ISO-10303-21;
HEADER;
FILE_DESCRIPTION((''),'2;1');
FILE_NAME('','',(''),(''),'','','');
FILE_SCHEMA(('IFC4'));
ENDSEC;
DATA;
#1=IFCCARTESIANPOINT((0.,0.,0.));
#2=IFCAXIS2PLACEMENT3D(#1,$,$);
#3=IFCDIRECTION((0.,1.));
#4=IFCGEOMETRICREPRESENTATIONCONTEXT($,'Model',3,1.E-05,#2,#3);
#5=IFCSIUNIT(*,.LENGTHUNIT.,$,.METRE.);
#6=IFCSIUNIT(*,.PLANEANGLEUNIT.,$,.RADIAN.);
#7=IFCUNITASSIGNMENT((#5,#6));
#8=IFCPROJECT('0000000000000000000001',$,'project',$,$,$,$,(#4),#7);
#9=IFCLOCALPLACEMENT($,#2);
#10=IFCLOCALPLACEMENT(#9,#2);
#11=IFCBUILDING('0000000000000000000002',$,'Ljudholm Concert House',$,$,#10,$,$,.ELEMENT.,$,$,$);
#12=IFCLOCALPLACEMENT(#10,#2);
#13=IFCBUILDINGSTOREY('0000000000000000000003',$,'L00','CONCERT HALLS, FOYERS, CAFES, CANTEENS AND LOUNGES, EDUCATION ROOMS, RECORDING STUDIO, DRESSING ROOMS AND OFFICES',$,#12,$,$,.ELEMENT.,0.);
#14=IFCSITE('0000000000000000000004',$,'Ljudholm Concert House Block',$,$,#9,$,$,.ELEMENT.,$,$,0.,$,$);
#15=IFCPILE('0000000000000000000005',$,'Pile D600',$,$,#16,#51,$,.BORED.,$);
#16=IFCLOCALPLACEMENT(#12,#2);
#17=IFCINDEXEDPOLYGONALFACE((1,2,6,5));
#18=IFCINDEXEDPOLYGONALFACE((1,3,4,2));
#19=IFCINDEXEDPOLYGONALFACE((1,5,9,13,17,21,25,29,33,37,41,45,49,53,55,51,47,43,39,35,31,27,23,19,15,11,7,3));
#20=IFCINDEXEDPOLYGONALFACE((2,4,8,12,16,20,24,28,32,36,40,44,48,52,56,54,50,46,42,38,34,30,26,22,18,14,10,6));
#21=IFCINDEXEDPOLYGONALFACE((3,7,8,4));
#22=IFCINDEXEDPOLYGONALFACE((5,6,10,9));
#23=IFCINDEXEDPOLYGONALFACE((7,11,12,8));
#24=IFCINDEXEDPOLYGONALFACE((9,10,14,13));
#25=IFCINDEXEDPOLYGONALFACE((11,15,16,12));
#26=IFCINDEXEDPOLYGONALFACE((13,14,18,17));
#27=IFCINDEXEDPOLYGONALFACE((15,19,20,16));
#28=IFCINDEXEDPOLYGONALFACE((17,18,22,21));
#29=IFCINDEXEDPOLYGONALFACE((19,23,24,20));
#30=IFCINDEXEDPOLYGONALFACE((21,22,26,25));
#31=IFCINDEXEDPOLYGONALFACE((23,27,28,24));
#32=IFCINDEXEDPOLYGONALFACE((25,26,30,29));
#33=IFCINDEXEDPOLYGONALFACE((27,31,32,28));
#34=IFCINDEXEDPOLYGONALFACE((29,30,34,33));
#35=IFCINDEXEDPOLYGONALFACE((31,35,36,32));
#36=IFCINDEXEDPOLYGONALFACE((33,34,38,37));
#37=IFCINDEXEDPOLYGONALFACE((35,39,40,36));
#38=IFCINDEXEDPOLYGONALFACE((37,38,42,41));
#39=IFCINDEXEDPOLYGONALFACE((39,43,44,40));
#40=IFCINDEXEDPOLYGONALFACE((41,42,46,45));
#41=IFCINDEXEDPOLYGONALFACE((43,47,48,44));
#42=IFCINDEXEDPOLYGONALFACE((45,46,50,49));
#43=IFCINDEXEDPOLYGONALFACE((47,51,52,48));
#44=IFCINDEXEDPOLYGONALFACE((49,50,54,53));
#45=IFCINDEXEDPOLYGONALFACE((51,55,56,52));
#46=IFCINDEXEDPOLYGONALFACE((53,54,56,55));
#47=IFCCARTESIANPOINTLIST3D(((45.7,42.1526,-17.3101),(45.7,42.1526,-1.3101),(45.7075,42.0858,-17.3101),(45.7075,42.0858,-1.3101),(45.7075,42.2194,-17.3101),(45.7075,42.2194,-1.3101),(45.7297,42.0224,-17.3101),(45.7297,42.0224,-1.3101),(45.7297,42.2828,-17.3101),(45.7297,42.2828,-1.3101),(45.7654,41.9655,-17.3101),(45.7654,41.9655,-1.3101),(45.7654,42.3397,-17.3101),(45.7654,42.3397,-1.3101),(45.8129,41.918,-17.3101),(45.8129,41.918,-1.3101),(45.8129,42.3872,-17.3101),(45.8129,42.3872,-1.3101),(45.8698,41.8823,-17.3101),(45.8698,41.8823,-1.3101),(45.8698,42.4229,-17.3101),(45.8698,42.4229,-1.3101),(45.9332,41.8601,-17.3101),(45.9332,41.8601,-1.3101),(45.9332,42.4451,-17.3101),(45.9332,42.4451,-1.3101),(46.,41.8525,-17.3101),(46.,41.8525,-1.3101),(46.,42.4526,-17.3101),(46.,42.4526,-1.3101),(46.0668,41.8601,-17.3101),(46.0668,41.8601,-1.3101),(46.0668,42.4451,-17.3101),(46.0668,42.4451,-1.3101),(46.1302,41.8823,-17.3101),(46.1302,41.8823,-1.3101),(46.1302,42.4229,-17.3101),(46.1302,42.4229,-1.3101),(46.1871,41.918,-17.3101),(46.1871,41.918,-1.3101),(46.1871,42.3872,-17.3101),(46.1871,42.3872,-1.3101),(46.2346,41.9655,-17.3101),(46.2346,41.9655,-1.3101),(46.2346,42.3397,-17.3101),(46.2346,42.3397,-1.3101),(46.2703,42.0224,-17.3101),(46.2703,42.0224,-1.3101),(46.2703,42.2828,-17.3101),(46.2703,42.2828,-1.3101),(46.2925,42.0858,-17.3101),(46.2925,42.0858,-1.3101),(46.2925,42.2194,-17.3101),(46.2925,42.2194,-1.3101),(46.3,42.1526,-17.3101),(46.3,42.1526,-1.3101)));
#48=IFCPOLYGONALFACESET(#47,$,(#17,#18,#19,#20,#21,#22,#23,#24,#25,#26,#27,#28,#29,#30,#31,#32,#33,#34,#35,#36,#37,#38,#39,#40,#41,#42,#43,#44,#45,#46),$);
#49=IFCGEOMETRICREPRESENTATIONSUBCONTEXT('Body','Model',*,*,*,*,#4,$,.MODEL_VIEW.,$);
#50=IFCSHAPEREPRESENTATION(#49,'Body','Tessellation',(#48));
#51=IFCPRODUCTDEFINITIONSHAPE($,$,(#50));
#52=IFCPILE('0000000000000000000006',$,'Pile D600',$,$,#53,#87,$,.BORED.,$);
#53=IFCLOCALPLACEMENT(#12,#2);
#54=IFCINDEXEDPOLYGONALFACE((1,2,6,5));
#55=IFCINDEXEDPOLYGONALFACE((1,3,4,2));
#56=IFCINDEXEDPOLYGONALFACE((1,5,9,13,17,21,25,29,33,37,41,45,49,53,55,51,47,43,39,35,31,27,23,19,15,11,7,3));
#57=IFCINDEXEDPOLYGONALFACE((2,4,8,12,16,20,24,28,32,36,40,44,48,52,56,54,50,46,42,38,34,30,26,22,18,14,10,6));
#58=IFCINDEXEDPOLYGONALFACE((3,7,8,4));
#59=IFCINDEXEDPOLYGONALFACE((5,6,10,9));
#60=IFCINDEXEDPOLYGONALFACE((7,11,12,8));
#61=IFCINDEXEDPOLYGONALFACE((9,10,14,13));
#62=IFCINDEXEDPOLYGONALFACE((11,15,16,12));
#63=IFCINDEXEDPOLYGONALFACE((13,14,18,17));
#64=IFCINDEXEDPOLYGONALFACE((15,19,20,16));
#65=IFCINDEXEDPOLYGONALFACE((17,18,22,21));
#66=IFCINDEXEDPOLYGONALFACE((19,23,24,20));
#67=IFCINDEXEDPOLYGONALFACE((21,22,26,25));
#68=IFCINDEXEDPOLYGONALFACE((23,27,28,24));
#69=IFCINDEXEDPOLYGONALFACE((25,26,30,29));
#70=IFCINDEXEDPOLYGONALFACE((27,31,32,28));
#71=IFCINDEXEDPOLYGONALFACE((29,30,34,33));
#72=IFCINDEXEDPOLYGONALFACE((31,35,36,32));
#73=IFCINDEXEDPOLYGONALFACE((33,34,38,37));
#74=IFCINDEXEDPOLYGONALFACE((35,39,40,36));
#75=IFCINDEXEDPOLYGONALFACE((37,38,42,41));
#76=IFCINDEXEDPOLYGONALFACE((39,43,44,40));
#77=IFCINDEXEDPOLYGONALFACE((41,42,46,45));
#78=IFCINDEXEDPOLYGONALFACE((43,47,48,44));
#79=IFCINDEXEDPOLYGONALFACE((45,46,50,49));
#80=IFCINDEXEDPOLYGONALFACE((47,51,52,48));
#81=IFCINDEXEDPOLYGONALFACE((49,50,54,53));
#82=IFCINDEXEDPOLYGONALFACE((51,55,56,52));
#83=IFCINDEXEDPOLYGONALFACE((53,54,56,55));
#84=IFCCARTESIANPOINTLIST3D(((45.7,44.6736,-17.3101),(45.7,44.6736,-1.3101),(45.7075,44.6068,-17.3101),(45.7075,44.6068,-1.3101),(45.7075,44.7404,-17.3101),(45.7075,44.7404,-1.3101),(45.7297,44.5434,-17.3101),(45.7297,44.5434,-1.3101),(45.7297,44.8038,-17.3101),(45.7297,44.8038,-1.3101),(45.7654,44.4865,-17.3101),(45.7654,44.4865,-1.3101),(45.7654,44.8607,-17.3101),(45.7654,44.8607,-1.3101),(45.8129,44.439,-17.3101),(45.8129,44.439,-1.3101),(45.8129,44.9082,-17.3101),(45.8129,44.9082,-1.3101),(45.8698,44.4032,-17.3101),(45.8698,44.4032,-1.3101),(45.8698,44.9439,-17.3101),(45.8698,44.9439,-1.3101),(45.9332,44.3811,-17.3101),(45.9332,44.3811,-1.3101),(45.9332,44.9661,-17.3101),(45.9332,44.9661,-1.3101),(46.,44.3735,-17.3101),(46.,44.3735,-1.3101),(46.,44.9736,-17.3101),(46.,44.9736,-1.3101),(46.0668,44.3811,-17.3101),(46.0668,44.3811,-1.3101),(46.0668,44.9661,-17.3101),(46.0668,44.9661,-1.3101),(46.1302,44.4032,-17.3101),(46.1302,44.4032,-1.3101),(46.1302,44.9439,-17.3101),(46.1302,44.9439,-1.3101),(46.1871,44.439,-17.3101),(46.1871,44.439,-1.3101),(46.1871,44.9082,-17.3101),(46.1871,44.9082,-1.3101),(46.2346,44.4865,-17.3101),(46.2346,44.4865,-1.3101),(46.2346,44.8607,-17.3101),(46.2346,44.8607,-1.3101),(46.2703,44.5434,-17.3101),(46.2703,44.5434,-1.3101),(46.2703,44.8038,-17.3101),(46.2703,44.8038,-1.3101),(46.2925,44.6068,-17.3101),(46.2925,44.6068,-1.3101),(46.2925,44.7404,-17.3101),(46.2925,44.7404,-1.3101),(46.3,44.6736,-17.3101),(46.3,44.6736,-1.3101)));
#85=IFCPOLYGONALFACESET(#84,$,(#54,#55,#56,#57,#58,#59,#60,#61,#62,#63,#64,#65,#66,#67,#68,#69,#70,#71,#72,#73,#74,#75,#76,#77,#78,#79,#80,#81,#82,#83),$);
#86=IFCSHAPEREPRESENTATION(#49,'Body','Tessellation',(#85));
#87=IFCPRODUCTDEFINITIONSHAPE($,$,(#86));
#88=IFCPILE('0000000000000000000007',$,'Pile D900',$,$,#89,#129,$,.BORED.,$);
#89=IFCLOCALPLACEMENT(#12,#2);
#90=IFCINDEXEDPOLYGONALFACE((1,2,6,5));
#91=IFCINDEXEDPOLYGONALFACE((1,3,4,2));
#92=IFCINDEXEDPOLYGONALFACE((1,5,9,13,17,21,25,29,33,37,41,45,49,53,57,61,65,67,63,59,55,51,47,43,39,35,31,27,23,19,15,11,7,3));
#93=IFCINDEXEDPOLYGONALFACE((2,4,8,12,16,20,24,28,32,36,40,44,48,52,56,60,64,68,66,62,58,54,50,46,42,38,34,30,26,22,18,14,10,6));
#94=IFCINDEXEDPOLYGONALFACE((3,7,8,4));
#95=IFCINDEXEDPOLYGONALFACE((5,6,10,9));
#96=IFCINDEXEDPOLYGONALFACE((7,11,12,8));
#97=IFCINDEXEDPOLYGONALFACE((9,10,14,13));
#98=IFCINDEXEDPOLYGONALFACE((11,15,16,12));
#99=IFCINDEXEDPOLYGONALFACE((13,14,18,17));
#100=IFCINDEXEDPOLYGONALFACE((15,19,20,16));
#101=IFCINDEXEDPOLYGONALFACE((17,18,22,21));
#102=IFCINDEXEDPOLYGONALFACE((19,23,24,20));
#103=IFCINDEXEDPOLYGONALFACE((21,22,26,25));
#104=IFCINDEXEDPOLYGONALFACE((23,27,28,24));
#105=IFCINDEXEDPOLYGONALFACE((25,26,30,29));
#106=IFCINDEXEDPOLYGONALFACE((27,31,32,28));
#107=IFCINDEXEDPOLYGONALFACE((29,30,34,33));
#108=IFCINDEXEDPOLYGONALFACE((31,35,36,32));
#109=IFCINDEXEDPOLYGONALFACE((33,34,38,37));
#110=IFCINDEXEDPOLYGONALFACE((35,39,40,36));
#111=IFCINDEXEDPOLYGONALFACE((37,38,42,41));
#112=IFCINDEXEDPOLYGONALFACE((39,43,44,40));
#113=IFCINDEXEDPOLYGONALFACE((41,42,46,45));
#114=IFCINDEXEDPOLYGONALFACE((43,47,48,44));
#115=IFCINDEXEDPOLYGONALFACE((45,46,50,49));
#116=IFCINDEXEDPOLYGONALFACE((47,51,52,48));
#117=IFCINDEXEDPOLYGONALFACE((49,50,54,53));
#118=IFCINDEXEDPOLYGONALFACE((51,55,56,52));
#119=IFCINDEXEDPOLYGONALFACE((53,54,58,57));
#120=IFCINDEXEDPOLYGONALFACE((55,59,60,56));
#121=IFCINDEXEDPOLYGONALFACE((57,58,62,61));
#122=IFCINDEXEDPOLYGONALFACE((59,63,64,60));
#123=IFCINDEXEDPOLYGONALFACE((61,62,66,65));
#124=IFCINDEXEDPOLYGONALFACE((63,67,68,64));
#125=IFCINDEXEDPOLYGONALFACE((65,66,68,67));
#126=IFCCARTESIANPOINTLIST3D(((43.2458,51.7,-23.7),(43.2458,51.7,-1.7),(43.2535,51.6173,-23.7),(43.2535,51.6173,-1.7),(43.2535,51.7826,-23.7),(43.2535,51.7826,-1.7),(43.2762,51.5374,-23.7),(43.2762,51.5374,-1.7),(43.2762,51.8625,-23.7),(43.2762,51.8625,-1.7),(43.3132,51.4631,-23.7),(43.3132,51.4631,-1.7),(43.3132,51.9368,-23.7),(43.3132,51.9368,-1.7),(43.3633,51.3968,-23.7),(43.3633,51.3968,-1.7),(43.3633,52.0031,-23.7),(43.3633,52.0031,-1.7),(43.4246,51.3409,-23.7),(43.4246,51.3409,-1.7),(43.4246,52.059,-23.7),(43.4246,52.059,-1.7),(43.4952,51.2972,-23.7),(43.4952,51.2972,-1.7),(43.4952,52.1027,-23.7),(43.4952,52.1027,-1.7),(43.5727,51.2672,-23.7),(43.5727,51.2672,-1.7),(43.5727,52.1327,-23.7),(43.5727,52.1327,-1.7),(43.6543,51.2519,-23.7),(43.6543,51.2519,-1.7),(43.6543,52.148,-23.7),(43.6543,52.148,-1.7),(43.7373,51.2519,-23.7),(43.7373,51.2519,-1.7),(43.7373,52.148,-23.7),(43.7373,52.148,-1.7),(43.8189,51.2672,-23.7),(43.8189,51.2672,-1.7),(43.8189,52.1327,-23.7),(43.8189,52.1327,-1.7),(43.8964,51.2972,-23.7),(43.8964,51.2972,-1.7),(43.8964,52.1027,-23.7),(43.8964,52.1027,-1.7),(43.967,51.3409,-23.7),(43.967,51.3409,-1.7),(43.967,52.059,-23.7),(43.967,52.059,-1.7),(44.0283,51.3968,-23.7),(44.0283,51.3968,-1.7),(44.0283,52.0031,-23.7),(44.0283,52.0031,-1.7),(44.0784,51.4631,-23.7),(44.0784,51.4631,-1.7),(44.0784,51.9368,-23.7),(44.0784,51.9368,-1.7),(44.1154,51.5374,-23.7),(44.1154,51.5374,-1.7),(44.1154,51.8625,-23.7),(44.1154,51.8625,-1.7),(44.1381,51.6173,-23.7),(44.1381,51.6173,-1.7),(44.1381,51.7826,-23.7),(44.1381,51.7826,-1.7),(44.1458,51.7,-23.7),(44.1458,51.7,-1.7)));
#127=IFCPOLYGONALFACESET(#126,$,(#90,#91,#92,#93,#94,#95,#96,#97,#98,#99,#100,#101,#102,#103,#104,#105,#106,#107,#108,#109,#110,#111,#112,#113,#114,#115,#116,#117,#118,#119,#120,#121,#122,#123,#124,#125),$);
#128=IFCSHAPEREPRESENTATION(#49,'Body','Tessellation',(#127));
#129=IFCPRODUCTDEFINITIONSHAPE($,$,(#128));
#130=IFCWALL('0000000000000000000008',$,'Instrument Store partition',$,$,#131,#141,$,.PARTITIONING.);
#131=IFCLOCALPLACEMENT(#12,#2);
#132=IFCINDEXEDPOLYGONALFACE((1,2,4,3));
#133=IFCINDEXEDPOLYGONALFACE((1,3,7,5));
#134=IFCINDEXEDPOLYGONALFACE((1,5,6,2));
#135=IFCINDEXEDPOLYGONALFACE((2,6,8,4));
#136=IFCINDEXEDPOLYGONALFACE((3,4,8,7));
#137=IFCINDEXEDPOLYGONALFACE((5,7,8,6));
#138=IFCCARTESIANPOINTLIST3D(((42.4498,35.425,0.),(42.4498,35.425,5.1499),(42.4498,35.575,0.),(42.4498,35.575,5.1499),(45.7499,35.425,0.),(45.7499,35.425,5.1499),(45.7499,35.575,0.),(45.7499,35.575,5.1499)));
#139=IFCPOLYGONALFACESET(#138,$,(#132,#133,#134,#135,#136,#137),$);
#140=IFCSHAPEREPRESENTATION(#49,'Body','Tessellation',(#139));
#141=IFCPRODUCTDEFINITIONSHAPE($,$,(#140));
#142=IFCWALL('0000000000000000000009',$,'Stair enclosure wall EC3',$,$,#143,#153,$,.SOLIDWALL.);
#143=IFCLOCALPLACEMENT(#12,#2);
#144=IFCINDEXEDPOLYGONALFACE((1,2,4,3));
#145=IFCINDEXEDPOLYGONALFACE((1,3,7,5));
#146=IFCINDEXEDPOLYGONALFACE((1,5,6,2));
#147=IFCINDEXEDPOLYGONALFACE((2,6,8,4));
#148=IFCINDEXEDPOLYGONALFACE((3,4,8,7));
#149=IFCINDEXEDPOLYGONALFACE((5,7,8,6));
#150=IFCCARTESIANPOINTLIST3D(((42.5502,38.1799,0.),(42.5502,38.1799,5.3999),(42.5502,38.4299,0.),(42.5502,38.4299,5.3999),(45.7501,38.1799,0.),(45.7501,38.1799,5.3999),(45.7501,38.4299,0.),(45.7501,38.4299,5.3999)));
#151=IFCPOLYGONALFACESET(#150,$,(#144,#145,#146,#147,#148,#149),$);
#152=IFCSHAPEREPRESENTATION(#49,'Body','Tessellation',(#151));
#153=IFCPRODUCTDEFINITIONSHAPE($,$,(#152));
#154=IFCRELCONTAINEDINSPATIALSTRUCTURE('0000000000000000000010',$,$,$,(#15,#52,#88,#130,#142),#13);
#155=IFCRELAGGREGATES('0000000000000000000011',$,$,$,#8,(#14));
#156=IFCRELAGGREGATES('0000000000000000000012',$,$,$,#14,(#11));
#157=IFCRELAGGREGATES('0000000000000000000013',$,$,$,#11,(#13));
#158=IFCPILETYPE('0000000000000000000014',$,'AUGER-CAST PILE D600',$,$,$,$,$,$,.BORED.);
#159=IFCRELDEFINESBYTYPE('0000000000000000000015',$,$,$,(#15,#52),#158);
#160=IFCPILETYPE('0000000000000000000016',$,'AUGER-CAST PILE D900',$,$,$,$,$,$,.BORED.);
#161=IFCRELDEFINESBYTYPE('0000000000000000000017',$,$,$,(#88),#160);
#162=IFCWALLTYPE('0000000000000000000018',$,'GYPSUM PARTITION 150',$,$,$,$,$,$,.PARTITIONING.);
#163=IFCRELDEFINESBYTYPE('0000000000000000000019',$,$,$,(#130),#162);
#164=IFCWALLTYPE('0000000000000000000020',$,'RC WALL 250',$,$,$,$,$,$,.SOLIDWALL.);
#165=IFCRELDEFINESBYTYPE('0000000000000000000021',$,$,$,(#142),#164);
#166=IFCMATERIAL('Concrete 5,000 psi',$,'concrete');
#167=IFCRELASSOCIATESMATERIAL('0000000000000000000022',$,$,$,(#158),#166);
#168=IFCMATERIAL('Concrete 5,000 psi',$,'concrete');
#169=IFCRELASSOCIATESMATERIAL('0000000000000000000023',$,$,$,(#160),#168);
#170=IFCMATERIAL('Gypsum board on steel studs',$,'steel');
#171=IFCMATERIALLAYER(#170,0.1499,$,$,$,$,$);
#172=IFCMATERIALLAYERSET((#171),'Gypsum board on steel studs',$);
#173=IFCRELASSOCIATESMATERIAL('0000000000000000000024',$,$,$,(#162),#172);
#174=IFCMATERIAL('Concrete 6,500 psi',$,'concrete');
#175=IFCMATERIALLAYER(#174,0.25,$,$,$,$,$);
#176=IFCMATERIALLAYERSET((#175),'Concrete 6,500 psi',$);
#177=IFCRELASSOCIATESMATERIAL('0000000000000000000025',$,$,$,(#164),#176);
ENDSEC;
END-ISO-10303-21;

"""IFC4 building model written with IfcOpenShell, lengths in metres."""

from ifc_helpers import new_model, si_unit, direction, frame, frame_2d, origin, origin_2d, place, context, subcontext, project, spatial, rectangle, circle, extrude, material, layer, layer_set, material_profile, profile_set, type_object, element, save


model = new_model("IFC4")

# Units and contexts
model_context = context("Model", 3, precision=1e-05, world=origin(), true_north=direction((0.0, 1.0)))
body_context = subcontext(model_context, "Body", "Model", "MODEL_VIEW")
ifc_project = project(units=[si_unit("LENGTHUNIT", "METRE"), si_unit("PLANEANGLEUNIT", "RADIAN")], contexts=[model_context])

# Site, building, storey
site_placement = place(None, origin())
site = spatial("IfcSite", under=ifc_project, at=site_placement, Name="Ljudholm Concert House Block", CompositionType="ELEMENT", RefElevation=0.0)
building_placement = place(site_placement, origin())
building = spatial("IfcBuilding", under=site, at=building_placement, Name="Ljudholm Concert House", CompositionType="ELEMENT")
storey_placement = place(building_placement, origin())
storey = spatial("IfcBuildingStorey", under=building, at=storey_placement, Name="L00", Description="CONCERT HALLS, FOYERS, CAFES, CANTEENS AND LOUNGES, EDUCATION ROOMS, RECORDING STUDIO, DRESSING ROOMS AND OFFICES", CompositionType="ELEMENT", Elevation=0.0)

# Piles
ifc_material_1 = material(Name="Concrete 5,000 psi", Category="concrete")
ifc_material_profile_1 = material_profile(ifc_material_1, circle(Radius=0.3, at=origin_2d()), Name="AUGER-CAST PILE D600")
ifc_profile_set_1 = profile_set([ifc_material_profile_1], Name="Concrete 5,000 psi")
pile_type_1 = type_object("IfcPileType", Name="AUGER-CAST PILE D600", PredefinedType="BORED", material=ifc_profile_set_1)
for number, where, z_axis, x_axis, name in (
    (1, (46.0, 42.1526, -1.3101), (0.0, 0.0, -1.0), (1.0, 0.0, 0.0), "Pile D600"),
    (2, (46.0, 44.6736, -1.3101), (0.0, 0.0, -1.0), (1.0, 0.0, 0.0), "Pile D600"),
):
    element("IfcPile", number, at=place(storey_placement, frame(where, z_axis=z_axis, x_axis=x_axis)), inside=storey, type_object=pile_type_1, Name=name, PredefinedType="BORED", context=body_context, shape_type="SweptSolid", body=[
        extrude(circle(Radius=0.3, at=origin_2d()), origin(), (0.0, 0.0, 1.0), 16.0),
    ])
ifc_material_2 = material(Name="Concrete 5,000 psi", Category="concrete")
ifc_material_profile_2 = material_profile(ifc_material_2, circle(Radius=0.45, at=origin_2d()), Name="AUGER-CAST PILE D900")
ifc_profile_set_2 = profile_set([ifc_material_profile_2], Name="Concrete 5,000 psi")
pile_type_2 = type_object("IfcPileType", Name="AUGER-CAST PILE D900", PredefinedType="BORED", material=ifc_profile_set_2)
pile_placement = place(storey_placement, frame((43.6958, 51.7, -1.7), z_axis=(0.0, 0.0, -1.0), x_axis=(1.0, 0.0, 0.0)))
element("IfcPile", 3, at=pile_placement, inside=storey, type_object=pile_type_2, Name="Pile D900", PredefinedType="BORED", context=body_context, shape_type="SweptSolid", body=[
    extrude(circle(Radius=0.45, at=origin_2d()), origin(), (0.0, 0.0, 1.0), 22.0),
])

# Walls
ifc_material_3 = material(Name="Gypsum board on steel studs", Category="steel")
ifc_layer_1 = layer(ifc_material_3, 0.1499)
ifc_layer_set_1 = layer_set([ifc_layer_1], Name="Gypsum board on steel studs")
wall_type_1 = type_object("IfcWallType", Name="GYPSUM PARTITION 150", PredefinedType="PARTITIONING", material=ifc_layer_set_1)
wall_1_placement = place(storey_placement, frame((42.45, 35.5, 0.0), z_axis=(0.0, 0.0, 1.0), x_axis=(1.0, 0.0, 0.0)))
element("IfcWall", 4, at=wall_1_placement, inside=storey, type_object=wall_type_1, Name="Instrument Store partition", PredefinedType="PARTITIONING", context=body_context, shape_type="SweptSolid", body=[
    extrude(rectangle(XDim=3.3, YDim=0.1499, at=frame_2d((1.6499, 0.0))), origin(), (0.0, 0.0, 1.0), 5.1499),
])
ifc_material_4 = material(Name="Concrete 6,500 psi", Category="concrete")
ifc_layer_2 = layer(ifc_material_4, 0.25)
ifc_layer_set_2 = layer_set([ifc_layer_2], Name="Concrete 6,500 psi")
wall_type_2 = type_object("IfcWallType", Name="RC WALL 250", PredefinedType="SOLIDWALL", material=ifc_layer_set_2)
wall_2_placement = place(storey_placement, frame((42.55, 38.3049, 0.0), z_axis=(0.0, 0.0, 1.0), x_axis=(1.0, 0.0, 0.0)))
element("IfcWall", 5, at=wall_2_placement, inside=storey, type_object=wall_type_2, Name="Stair enclosure wall EC3", PredefinedType="SOLIDWALL", context=body_context, shape_type="SweptSolid", body=[
    extrude(rectangle(XDim=3.2, YDim=0.25, at=frame_2d((1.6001, 0.0))), origin(), (0.0, 0.0, 1.0), 5.3999),
])

save(model, "model.ifc")
